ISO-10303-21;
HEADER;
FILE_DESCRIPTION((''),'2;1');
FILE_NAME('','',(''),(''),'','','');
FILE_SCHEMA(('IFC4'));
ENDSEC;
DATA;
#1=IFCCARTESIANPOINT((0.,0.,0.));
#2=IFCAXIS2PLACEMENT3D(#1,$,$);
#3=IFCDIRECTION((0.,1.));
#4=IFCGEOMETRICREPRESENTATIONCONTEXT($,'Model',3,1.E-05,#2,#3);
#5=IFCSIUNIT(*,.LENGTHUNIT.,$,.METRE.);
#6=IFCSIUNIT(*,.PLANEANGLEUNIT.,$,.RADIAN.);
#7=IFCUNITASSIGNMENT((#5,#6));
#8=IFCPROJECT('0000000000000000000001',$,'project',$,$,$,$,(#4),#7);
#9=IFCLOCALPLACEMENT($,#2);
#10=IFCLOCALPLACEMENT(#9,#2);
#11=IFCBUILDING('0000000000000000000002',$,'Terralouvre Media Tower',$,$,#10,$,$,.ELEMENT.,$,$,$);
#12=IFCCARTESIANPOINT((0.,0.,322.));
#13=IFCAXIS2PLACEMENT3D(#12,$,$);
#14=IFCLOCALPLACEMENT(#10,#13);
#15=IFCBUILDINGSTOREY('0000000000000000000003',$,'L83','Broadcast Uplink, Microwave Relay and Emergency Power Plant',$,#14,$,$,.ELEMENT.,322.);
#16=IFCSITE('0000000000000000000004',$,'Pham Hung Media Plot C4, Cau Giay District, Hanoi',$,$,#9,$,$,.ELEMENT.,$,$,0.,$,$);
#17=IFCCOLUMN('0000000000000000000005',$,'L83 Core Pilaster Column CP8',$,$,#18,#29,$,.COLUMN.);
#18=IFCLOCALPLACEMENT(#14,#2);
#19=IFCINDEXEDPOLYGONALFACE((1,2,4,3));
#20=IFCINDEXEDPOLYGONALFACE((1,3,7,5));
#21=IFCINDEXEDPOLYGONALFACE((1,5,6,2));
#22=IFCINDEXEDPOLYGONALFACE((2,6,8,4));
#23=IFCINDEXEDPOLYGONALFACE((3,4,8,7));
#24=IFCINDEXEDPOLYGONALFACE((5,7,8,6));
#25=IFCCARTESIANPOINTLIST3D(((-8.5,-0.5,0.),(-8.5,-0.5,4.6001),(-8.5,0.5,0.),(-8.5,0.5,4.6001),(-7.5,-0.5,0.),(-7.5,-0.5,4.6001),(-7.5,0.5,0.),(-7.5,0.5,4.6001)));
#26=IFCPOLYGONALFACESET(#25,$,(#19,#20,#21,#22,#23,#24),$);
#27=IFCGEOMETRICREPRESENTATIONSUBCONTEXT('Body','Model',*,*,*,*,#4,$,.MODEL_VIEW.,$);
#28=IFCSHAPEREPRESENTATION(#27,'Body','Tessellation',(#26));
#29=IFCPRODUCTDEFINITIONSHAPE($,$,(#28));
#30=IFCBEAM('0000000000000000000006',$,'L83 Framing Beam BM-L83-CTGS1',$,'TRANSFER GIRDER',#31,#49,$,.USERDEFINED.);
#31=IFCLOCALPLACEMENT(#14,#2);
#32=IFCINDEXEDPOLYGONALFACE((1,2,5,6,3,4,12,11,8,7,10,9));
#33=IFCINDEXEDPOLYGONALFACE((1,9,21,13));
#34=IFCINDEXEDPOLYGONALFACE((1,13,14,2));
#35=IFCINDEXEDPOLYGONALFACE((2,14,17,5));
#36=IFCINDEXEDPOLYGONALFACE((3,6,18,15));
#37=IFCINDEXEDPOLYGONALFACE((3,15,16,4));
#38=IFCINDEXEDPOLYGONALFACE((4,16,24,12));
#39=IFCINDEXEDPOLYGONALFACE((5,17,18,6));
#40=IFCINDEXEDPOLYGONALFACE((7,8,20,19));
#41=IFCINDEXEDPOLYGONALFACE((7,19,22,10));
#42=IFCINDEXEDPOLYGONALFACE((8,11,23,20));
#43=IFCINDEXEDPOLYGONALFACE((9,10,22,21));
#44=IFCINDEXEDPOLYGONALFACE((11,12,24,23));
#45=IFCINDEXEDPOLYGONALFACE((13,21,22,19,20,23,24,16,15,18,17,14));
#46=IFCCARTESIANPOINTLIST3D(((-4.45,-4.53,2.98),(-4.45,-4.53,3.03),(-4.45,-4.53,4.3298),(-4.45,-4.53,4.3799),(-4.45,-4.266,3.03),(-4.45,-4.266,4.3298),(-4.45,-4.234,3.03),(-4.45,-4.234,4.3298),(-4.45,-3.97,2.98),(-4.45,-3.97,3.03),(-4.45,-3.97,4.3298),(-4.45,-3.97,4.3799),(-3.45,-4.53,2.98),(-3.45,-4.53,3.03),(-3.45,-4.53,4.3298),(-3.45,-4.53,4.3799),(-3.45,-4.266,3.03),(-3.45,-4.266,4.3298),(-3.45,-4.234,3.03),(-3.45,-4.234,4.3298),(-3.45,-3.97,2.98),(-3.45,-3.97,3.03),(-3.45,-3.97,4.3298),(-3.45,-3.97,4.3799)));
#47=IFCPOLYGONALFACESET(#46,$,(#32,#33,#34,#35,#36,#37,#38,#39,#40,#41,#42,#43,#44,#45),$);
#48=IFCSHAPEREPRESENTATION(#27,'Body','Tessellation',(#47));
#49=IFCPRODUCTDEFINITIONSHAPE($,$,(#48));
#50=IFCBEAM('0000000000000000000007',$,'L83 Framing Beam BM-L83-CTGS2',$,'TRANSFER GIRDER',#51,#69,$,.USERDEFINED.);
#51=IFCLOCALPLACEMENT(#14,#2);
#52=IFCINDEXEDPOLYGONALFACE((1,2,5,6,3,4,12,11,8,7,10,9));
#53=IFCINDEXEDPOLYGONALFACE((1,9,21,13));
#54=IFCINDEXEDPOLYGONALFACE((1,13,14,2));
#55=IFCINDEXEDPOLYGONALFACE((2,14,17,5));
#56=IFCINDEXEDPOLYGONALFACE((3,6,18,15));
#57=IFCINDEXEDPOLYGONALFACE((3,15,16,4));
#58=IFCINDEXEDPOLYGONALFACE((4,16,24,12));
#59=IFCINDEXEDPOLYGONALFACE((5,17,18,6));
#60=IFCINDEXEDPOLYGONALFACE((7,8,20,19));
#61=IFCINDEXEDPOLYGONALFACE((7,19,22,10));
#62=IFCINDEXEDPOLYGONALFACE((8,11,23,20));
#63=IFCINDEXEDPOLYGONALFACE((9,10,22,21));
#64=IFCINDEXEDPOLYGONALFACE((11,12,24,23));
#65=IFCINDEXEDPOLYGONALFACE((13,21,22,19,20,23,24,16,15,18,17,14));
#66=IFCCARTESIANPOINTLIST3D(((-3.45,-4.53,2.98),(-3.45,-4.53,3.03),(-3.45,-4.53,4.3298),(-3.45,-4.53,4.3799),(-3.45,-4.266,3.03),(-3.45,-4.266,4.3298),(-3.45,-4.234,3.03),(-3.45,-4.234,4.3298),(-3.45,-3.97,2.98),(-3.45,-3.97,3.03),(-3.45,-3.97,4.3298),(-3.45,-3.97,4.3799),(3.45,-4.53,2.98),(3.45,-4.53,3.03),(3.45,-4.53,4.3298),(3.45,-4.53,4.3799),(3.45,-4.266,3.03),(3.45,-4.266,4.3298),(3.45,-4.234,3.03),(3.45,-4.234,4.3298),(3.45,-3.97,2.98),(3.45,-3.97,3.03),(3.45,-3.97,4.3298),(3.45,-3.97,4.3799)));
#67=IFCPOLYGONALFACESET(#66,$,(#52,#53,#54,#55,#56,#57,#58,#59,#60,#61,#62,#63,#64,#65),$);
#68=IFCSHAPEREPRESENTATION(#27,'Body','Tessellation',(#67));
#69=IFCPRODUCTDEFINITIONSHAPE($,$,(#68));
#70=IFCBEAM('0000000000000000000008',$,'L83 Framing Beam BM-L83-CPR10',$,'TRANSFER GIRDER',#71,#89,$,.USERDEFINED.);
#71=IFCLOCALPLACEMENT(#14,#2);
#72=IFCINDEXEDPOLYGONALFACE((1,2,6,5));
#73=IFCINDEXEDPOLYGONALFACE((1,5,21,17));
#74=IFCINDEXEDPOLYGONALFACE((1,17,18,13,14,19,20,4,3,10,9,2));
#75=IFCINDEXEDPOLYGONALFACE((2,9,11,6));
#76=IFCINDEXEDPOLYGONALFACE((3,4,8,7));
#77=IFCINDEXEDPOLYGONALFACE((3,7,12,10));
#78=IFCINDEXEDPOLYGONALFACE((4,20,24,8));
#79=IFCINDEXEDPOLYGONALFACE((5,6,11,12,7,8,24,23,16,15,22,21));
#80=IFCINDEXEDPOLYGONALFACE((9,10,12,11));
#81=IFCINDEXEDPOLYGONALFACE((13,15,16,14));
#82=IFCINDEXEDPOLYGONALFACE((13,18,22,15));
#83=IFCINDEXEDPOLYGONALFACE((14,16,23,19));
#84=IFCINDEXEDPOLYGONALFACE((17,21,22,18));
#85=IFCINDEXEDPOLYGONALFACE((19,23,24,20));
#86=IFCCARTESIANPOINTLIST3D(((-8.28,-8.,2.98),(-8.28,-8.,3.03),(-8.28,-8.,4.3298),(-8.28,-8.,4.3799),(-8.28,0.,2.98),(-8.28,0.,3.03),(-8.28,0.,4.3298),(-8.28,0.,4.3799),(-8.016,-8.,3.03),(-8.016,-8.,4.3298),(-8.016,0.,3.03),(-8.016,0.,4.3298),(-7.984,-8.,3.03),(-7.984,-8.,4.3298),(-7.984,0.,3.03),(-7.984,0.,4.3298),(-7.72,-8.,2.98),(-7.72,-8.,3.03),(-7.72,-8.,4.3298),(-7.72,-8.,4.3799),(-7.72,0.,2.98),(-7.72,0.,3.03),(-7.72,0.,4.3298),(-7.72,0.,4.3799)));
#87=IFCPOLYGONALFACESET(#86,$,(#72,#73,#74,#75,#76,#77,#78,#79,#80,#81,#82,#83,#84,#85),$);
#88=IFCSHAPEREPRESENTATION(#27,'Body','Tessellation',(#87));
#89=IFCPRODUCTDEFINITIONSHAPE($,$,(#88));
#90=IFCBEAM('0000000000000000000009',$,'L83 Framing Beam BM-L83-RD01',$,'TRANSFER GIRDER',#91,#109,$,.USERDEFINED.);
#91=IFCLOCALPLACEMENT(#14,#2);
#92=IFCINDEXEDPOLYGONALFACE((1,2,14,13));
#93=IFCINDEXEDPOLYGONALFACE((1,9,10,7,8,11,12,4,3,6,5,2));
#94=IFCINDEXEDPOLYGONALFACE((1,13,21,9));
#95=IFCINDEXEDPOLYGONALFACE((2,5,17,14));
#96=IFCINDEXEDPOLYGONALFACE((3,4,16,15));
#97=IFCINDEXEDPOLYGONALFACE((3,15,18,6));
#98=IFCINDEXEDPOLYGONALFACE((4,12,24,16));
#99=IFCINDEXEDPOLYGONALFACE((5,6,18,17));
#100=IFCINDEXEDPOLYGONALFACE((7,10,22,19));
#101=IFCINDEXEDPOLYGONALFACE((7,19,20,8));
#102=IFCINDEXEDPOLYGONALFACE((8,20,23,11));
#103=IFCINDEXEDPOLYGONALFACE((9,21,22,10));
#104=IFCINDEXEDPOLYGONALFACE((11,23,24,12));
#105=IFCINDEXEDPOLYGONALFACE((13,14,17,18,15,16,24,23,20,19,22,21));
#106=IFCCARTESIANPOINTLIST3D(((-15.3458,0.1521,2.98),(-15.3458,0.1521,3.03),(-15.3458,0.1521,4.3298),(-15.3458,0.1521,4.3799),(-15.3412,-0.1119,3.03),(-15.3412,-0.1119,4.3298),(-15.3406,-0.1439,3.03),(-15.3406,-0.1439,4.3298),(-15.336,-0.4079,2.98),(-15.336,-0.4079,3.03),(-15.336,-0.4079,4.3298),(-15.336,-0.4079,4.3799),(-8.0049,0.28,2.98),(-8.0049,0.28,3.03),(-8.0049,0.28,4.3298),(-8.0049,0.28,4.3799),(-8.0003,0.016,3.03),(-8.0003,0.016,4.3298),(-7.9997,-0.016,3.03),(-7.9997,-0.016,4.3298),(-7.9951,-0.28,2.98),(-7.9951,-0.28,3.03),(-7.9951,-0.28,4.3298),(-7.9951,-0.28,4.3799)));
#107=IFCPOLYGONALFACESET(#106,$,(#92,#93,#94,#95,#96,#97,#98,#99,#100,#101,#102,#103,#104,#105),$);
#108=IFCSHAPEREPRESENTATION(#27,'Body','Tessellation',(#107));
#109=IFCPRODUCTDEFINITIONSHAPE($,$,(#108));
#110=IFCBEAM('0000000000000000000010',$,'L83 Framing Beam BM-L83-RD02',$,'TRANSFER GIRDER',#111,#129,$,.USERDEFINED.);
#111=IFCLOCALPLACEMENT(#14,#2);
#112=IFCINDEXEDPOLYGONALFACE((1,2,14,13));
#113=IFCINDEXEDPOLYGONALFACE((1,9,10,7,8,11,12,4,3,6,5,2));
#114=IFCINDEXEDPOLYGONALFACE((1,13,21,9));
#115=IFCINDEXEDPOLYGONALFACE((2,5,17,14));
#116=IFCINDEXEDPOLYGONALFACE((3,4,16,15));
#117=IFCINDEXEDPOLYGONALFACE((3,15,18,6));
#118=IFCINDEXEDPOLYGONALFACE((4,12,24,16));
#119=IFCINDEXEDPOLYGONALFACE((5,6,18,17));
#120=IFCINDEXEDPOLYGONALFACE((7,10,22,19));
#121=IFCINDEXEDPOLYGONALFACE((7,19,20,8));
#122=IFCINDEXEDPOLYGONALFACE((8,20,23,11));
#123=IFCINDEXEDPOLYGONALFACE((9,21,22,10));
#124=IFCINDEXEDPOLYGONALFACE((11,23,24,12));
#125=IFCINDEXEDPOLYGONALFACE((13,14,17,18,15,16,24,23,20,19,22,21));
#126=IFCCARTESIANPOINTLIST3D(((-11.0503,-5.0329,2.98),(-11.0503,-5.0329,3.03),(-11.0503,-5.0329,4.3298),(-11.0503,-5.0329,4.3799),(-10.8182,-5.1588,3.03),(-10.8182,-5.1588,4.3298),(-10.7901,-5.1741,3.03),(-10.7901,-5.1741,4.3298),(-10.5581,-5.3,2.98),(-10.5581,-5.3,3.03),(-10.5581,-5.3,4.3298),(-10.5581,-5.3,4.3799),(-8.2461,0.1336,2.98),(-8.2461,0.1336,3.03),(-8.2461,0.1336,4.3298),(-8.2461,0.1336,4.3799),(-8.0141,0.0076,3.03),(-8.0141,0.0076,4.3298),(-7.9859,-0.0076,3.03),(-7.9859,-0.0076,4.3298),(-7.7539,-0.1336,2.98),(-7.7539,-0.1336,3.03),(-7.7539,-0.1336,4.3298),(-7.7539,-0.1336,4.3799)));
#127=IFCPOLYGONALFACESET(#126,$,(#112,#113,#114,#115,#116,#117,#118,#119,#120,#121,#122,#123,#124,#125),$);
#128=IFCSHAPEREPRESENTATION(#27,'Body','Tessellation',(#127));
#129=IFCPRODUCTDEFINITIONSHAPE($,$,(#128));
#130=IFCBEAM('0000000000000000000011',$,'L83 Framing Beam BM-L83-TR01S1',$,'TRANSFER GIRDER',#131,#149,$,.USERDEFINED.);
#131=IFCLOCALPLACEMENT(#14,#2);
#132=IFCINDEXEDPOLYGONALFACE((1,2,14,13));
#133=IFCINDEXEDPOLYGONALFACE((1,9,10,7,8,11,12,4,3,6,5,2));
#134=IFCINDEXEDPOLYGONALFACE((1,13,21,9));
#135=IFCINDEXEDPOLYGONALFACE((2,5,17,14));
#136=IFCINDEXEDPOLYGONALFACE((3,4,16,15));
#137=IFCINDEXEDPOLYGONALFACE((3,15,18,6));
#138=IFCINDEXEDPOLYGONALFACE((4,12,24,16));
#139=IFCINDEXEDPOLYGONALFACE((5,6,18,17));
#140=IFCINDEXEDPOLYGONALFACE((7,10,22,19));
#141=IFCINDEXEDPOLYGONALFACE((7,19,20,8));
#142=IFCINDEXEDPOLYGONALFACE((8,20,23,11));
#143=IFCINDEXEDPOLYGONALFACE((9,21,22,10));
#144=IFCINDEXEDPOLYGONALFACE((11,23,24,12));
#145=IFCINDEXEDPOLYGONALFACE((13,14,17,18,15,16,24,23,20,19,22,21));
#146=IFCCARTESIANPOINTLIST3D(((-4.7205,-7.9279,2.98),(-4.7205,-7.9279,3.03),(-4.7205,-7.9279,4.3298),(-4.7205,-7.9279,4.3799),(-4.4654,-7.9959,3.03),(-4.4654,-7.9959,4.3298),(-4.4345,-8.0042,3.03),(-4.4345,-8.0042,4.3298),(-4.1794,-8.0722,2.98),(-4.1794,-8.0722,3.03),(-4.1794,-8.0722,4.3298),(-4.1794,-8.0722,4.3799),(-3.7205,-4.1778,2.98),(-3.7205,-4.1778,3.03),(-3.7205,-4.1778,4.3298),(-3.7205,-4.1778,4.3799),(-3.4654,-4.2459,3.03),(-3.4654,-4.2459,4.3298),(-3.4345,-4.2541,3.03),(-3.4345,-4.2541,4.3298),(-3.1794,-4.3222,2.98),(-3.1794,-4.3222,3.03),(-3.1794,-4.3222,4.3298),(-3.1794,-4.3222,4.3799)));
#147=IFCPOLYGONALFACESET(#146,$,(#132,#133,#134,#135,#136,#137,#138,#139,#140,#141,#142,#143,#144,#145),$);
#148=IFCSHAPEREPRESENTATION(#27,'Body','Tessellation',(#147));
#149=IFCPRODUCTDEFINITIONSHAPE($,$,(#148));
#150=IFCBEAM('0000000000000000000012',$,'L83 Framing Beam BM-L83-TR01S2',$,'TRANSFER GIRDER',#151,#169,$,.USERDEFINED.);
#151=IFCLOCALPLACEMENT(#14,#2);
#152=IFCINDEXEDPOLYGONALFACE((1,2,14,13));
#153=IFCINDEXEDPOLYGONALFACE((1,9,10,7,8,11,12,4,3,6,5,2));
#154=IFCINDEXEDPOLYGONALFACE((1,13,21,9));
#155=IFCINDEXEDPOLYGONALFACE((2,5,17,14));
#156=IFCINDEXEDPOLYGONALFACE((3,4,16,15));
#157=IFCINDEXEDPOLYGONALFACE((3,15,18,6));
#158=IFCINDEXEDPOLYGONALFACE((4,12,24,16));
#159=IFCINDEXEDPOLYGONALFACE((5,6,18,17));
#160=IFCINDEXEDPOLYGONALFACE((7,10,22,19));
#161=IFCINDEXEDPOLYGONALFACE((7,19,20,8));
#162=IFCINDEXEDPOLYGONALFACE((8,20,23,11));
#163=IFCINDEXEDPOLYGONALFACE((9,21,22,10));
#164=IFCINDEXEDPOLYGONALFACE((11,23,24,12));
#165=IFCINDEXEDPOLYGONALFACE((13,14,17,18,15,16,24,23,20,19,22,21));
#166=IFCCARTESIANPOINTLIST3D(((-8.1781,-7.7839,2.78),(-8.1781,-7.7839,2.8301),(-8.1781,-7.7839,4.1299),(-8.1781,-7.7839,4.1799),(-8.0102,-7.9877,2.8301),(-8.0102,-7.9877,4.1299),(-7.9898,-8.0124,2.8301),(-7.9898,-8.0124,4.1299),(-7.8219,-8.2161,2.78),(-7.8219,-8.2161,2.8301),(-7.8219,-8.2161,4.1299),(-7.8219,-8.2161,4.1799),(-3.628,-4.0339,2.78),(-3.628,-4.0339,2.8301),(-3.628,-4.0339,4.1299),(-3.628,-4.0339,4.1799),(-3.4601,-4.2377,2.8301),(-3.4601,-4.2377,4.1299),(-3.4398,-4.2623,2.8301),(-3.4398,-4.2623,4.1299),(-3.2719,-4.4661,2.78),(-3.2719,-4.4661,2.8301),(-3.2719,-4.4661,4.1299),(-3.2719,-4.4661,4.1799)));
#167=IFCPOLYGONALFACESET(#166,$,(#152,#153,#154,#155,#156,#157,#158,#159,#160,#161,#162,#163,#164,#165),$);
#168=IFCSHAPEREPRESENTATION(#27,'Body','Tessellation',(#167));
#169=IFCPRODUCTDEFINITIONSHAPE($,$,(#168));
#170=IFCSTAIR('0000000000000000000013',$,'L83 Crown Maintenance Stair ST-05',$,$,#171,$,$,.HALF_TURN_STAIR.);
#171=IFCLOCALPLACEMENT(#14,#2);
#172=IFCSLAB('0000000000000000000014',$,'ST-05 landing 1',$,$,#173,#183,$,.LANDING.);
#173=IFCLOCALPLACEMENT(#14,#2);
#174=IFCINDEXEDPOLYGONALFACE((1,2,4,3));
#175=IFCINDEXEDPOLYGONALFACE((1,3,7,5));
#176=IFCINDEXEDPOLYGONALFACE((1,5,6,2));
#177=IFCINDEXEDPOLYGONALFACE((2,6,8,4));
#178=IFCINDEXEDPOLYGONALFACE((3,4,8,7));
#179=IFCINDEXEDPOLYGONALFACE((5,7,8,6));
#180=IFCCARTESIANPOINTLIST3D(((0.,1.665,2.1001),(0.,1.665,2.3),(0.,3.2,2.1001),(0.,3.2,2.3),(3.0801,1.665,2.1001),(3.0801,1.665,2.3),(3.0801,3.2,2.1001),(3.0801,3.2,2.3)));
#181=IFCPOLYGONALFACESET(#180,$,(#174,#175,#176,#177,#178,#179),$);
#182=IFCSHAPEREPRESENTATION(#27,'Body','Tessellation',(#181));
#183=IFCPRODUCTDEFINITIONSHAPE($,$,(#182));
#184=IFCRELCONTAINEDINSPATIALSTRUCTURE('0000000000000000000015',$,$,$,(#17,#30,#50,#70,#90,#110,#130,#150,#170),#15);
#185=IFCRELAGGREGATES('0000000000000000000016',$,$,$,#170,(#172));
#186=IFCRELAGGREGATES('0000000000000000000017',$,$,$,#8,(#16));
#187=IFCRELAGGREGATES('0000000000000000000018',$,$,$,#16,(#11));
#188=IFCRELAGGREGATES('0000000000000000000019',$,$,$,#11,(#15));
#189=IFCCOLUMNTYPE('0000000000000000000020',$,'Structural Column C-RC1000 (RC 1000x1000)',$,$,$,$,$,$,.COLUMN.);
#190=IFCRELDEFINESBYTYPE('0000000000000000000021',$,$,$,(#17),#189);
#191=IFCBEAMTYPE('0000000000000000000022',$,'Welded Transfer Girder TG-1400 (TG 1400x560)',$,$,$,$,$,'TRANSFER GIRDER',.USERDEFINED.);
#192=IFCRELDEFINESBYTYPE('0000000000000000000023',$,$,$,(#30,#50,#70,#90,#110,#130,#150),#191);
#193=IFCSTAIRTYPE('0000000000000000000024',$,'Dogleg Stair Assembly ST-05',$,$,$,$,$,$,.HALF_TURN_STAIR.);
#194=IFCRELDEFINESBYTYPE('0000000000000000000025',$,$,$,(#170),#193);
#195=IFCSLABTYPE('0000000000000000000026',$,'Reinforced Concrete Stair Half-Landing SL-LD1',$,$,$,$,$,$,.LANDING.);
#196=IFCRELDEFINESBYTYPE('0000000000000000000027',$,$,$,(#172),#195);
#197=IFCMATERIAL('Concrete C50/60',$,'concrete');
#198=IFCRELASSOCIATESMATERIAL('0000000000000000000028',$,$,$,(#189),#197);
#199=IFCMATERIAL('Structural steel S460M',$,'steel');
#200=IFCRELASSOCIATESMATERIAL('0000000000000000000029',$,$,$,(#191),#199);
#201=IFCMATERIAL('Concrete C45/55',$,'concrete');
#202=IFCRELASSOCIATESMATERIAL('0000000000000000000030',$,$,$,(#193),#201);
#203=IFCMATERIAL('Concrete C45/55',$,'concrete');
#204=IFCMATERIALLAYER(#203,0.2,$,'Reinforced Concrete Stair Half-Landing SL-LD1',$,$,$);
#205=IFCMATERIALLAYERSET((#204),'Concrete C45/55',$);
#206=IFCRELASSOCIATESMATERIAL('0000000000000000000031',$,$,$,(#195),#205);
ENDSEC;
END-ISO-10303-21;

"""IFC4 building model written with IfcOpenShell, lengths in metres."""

from ifc_helpers import new_model, si_unit, direction, frame, origin, origin_2d, place, context, subcontext, project, spatial, polyline, rectangle, i_section, outline, extrude, material, layer, layer_set, material_profile, profile_set, type_object, element, aggregate, save


model = new_model("IFC4")

# Units and contexts
model_context = context("Model", 3, precision=1e-05, world=origin(), true_north=direction((0.0, 1.0)))
body_context = subcontext(model_context, "Body", "Model", "MODEL_VIEW")
ifc_project = project(units=[si_unit("LENGTHUNIT", "METRE"), si_unit("PLANEANGLEUNIT", "RADIAN")], contexts=[model_context])

# Site, building, storey
site_placement = place(None, origin())
site = spatial("IfcSite", under=ifc_project, at=site_placement, Name="Pham Hung Media Plot C4, Cau Giay District, Hanoi", CompositionType="ELEMENT", RefElevation=0.0)
building_placement = place(site_placement, origin())
building = spatial("IfcBuilding", under=site, at=building_placement, Name="Terralouvre Media Tower", CompositionType="ELEMENT")
storey_placement = place(building_placement, frame((0.0, 0.0, 322.0)))
storey = spatial("IfcBuildingStorey", under=building, at=storey_placement, Name="L83", Description="Broadcast Uplink, Microwave Relay and Emergency Power Plant", CompositionType="ELEMENT", Elevation=322.0)

# Column
ifc_material_1 = material(Name="Concrete C50/60", Category="concrete")
ifc_material_profile_1 = material_profile(ifc_material_1, rectangle(XDim=1.0, YDim=1.0, at=origin_2d()), Name="RC 1000x1000")
ifc_profile_set_1 = profile_set([ifc_material_profile_1], Name="Concrete C50/60")
column_type = type_object("IfcColumnType", Name="Structural Column C-RC1000 (RC 1000x1000)", PredefinedType="COLUMN", material=ifc_profile_set_1)
column_placement = place(storey_placement, frame((-8.0, 0.0, 0.0), z_axis=(0.0, 0.0, 1.0), x_axis=(1.0, 0.0, 0.0)))
element("IfcColumn", 1, at=column_placement, inside=storey, type_object=column_type, Name="L83 Core Pilaster Column CP8", PredefinedType="COLUMN", context=body_context, shape_type="SweptSolid", body=[
    extrude(rectangle(XDim=1.0, YDim=1.0, at=origin_2d()), origin(), (0.0, 0.0, 1.0), 4.6001),
])

# Beams
ifc_material_2 = material(Name="Structural steel S460M", Category="steel")
ifc_material_profile_2 = material_profile(ifc_material_2, i_section(OverallWidth=0.5601, OverallDepth=1.3999, WebThickness=0.032, FlangeThickness=0.05, at=origin_2d()), Name="TG 1400x560")
ifc_profile_set_2 = profile_set([ifc_material_profile_2], Name="Structural steel S460M")
beam_type = type_object("IfcBeamType", Name="Welded Transfer Girder TG-1400 (TG 1400x560)", ElementType="TRANSFER GIRDER", PredefinedType="USERDEFINED", material=ifc_profile_set_2)
beam_1_placement = place(storey_placement, frame((-4.45, -4.25, 3.6799), z_axis=(1.0, 0.0, 0.0), x_axis=(0.0, 1.0, 0.0)))
element("IfcBeam", 2, at=beam_1_placement, inside=storey, type_object=beam_type, Name="L83 Framing Beam BM-L83-CTGS1", ObjectType="TRANSFER GIRDER", PredefinedType="USERDEFINED", context=body_context, shape_type="SweptSolid", body=[
    extrude(i_section(OverallWidth=0.5601, OverallDepth=1.3999, WebThickness=0.032, FlangeThickness=0.05, at=origin_2d()), origin(), (0.0, 0.0, 1.0), 1.0),
])
beam_2_placement = place(storey_placement, frame((-3.45, -4.25, 3.6799), z_axis=(1.0, 0.0, 0.0), x_axis=(0.0, 1.0, 0.0)))
element("IfcBeam", 3, at=beam_2_placement, inside=storey, type_object=beam_type, Name="L83 Framing Beam BM-L83-CTGS2", ObjectType="TRANSFER GIRDER", PredefinedType="USERDEFINED", context=body_context, shape_type="SweptSolid", body=[
    extrude(i_section(OverallWidth=0.5601, OverallDepth=1.3999, WebThickness=0.032, FlangeThickness=0.05, at=origin_2d()), origin(), (0.0, 0.0, 1.0), 6.8999),
])
beam_3_placement = place(storey_placement, frame((-8.0, 0.0, 3.6799), z_axis=(0.0, -1.0, 0.0), x_axis=(1.0, 0.0, 0.0)))
element("IfcBeam", 4, at=beam_3_placement, inside=storey, type_object=beam_type, Name="L83 Framing Beam BM-L83-CPR10", ObjectType="TRANSFER GIRDER", PredefinedType="USERDEFINED", context=body_context, shape_type="SweptSolid", body=[
    extrude(i_section(OverallWidth=0.5601, OverallDepth=1.3999, WebThickness=0.032, FlangeThickness=0.05, at=origin_2d()), origin(), (0.0, 0.0, 1.0), 8.0),
])
beam_4_placement = place(storey_placement, frame((-8.0, 0.0, 3.6799), z_axis=(-0.999848, -0.017425, 0.0), x_axis=(0.017425, -0.999848, 0.0)))
element("IfcBeam", 5, at=beam_4_placement, inside=storey, type_object=beam_type, Name="L83 Framing Beam BM-L83-RD01", ObjectType="TRANSFER GIRDER", PredefinedType="USERDEFINED", context=body_context, shape_type="SweptSolid", body=[
    extrude(i_section(OverallWidth=0.5601, OverallDepth=1.3999, WebThickness=0.032, FlangeThickness=0.05, at=origin_2d()), origin(), (0.0, 0.0, 1.0), 7.342),
])
beam_5_placement = place(storey_placement, frame((-8.0, 0.0, 3.6799), z_axis=(-0.47703, -0.878887, 0.0), x_axis=(0.878887, -0.47703, 0.0)))
element("IfcBeam", 6, at=beam_5_placement, inside=storey, type_object=beam_type, Name="L83 Framing Beam BM-L83-RD02", ObjectType="TRANSFER GIRDER", PredefinedType="USERDEFINED", context=body_context, shape_type="SweptSolid", body=[
    extrude(i_section(OverallWidth=0.5601, OverallDepth=1.3999, WebThickness=0.032, FlangeThickness=0.05, at=origin_2d()), origin(), (0.0, 0.0, 1.0), 5.8784),
])
beam_6_placement = place(storey_placement, frame((-3.45, -4.25, 3.6799), z_axis=(-0.257663, -0.966235, 0.0), x_axis=(0.966235, -0.257663, 0.0)))
element("IfcBeam", 7, at=beam_6_placement, inside=storey, type_object=beam_type, Name="L83 Framing Beam BM-L83-TR01S1", ObjectType="TRANSFER GIRDER", PredefinedType="USERDEFINED", context=body_context, shape_type="SweptSolid", body=[
    extrude(i_section(OverallWidth=0.5601, OverallDepth=1.3999, WebThickness=0.032, FlangeThickness=0.05, at=origin_2d()), origin(), (0.0, 0.0, 1.0), 3.8811),
])
beam_7_placement = place(storey_placement, frame((-3.45, -4.25, 3.48), z_axis=(-0.771689, -0.636, 0.0), x_axis=(0.636, -0.771689, 0.0)))
element("IfcBeam", 8, at=beam_7_placement, inside=storey, type_object=beam_type, Name="L83 Framing Beam BM-L83-TR01S2", ObjectType="TRANSFER GIRDER", PredefinedType="USERDEFINED", context=body_context, shape_type="SweptSolid", body=[
    extrude(i_section(OverallWidth=0.5601, OverallDepth=1.3999, WebThickness=0.032, FlangeThickness=0.05, at=origin_2d()), origin(), (0.0, 0.0, 1.0), 5.8962),
])

# Stair, slab
ifc_material_3 = material(Name="Concrete C45/55", Category="concrete")
stair_type = type_object("IfcStairType", Name="Dogleg Stair Assembly ST-05", PredefinedType="HALF_TURN_STAIR", material=ifc_material_3)
stair_placement = place(storey_placement, origin())
stair = element("IfcStair", 9, at=stair_placement, inside=storey, type_object=stair_type, Name="L83 Crown Maintenance Stair ST-05", PredefinedType="HALF_TURN_STAIR")
ifc_material_4 = material(Name="Concrete C45/55", Category="concrete")
ifc_layer_1 = layer(ifc_material_4, 0.2, Name="Reinforced Concrete Stair Half-Landing SL-LD1")
ifc_layer_set_1 = layer_set([ifc_layer_1], Name="Concrete C45/55")
slab_type_1 = type_object("IfcSlabType", Name="Reinforced Concrete Stair Half-Landing SL-LD1", PredefinedType="LANDING", material=ifc_layer_set_1)
slab_1_placement = place(storey_placement, frame((0.0, 0.0, 2.1001)))
slab_1 = element("IfcSlab", 10, at=slab_1_placement, type_object=slab_type_1, Name="ST-05 landing 1", PredefinedType="LANDING", context=body_context, shape_type="SweptSolid", body=[
    extrude(outline(polyline([(3.0801, 1.665), (3.0801, 3.2), (0.0, 3.2), (0.0, 1.665), (3.0801, 1.665)])), origin(), (0.0, 0.0, 1.0), 0.2),
])
aggregate(stair, [slab_1])

save(model, "model.ifc")
